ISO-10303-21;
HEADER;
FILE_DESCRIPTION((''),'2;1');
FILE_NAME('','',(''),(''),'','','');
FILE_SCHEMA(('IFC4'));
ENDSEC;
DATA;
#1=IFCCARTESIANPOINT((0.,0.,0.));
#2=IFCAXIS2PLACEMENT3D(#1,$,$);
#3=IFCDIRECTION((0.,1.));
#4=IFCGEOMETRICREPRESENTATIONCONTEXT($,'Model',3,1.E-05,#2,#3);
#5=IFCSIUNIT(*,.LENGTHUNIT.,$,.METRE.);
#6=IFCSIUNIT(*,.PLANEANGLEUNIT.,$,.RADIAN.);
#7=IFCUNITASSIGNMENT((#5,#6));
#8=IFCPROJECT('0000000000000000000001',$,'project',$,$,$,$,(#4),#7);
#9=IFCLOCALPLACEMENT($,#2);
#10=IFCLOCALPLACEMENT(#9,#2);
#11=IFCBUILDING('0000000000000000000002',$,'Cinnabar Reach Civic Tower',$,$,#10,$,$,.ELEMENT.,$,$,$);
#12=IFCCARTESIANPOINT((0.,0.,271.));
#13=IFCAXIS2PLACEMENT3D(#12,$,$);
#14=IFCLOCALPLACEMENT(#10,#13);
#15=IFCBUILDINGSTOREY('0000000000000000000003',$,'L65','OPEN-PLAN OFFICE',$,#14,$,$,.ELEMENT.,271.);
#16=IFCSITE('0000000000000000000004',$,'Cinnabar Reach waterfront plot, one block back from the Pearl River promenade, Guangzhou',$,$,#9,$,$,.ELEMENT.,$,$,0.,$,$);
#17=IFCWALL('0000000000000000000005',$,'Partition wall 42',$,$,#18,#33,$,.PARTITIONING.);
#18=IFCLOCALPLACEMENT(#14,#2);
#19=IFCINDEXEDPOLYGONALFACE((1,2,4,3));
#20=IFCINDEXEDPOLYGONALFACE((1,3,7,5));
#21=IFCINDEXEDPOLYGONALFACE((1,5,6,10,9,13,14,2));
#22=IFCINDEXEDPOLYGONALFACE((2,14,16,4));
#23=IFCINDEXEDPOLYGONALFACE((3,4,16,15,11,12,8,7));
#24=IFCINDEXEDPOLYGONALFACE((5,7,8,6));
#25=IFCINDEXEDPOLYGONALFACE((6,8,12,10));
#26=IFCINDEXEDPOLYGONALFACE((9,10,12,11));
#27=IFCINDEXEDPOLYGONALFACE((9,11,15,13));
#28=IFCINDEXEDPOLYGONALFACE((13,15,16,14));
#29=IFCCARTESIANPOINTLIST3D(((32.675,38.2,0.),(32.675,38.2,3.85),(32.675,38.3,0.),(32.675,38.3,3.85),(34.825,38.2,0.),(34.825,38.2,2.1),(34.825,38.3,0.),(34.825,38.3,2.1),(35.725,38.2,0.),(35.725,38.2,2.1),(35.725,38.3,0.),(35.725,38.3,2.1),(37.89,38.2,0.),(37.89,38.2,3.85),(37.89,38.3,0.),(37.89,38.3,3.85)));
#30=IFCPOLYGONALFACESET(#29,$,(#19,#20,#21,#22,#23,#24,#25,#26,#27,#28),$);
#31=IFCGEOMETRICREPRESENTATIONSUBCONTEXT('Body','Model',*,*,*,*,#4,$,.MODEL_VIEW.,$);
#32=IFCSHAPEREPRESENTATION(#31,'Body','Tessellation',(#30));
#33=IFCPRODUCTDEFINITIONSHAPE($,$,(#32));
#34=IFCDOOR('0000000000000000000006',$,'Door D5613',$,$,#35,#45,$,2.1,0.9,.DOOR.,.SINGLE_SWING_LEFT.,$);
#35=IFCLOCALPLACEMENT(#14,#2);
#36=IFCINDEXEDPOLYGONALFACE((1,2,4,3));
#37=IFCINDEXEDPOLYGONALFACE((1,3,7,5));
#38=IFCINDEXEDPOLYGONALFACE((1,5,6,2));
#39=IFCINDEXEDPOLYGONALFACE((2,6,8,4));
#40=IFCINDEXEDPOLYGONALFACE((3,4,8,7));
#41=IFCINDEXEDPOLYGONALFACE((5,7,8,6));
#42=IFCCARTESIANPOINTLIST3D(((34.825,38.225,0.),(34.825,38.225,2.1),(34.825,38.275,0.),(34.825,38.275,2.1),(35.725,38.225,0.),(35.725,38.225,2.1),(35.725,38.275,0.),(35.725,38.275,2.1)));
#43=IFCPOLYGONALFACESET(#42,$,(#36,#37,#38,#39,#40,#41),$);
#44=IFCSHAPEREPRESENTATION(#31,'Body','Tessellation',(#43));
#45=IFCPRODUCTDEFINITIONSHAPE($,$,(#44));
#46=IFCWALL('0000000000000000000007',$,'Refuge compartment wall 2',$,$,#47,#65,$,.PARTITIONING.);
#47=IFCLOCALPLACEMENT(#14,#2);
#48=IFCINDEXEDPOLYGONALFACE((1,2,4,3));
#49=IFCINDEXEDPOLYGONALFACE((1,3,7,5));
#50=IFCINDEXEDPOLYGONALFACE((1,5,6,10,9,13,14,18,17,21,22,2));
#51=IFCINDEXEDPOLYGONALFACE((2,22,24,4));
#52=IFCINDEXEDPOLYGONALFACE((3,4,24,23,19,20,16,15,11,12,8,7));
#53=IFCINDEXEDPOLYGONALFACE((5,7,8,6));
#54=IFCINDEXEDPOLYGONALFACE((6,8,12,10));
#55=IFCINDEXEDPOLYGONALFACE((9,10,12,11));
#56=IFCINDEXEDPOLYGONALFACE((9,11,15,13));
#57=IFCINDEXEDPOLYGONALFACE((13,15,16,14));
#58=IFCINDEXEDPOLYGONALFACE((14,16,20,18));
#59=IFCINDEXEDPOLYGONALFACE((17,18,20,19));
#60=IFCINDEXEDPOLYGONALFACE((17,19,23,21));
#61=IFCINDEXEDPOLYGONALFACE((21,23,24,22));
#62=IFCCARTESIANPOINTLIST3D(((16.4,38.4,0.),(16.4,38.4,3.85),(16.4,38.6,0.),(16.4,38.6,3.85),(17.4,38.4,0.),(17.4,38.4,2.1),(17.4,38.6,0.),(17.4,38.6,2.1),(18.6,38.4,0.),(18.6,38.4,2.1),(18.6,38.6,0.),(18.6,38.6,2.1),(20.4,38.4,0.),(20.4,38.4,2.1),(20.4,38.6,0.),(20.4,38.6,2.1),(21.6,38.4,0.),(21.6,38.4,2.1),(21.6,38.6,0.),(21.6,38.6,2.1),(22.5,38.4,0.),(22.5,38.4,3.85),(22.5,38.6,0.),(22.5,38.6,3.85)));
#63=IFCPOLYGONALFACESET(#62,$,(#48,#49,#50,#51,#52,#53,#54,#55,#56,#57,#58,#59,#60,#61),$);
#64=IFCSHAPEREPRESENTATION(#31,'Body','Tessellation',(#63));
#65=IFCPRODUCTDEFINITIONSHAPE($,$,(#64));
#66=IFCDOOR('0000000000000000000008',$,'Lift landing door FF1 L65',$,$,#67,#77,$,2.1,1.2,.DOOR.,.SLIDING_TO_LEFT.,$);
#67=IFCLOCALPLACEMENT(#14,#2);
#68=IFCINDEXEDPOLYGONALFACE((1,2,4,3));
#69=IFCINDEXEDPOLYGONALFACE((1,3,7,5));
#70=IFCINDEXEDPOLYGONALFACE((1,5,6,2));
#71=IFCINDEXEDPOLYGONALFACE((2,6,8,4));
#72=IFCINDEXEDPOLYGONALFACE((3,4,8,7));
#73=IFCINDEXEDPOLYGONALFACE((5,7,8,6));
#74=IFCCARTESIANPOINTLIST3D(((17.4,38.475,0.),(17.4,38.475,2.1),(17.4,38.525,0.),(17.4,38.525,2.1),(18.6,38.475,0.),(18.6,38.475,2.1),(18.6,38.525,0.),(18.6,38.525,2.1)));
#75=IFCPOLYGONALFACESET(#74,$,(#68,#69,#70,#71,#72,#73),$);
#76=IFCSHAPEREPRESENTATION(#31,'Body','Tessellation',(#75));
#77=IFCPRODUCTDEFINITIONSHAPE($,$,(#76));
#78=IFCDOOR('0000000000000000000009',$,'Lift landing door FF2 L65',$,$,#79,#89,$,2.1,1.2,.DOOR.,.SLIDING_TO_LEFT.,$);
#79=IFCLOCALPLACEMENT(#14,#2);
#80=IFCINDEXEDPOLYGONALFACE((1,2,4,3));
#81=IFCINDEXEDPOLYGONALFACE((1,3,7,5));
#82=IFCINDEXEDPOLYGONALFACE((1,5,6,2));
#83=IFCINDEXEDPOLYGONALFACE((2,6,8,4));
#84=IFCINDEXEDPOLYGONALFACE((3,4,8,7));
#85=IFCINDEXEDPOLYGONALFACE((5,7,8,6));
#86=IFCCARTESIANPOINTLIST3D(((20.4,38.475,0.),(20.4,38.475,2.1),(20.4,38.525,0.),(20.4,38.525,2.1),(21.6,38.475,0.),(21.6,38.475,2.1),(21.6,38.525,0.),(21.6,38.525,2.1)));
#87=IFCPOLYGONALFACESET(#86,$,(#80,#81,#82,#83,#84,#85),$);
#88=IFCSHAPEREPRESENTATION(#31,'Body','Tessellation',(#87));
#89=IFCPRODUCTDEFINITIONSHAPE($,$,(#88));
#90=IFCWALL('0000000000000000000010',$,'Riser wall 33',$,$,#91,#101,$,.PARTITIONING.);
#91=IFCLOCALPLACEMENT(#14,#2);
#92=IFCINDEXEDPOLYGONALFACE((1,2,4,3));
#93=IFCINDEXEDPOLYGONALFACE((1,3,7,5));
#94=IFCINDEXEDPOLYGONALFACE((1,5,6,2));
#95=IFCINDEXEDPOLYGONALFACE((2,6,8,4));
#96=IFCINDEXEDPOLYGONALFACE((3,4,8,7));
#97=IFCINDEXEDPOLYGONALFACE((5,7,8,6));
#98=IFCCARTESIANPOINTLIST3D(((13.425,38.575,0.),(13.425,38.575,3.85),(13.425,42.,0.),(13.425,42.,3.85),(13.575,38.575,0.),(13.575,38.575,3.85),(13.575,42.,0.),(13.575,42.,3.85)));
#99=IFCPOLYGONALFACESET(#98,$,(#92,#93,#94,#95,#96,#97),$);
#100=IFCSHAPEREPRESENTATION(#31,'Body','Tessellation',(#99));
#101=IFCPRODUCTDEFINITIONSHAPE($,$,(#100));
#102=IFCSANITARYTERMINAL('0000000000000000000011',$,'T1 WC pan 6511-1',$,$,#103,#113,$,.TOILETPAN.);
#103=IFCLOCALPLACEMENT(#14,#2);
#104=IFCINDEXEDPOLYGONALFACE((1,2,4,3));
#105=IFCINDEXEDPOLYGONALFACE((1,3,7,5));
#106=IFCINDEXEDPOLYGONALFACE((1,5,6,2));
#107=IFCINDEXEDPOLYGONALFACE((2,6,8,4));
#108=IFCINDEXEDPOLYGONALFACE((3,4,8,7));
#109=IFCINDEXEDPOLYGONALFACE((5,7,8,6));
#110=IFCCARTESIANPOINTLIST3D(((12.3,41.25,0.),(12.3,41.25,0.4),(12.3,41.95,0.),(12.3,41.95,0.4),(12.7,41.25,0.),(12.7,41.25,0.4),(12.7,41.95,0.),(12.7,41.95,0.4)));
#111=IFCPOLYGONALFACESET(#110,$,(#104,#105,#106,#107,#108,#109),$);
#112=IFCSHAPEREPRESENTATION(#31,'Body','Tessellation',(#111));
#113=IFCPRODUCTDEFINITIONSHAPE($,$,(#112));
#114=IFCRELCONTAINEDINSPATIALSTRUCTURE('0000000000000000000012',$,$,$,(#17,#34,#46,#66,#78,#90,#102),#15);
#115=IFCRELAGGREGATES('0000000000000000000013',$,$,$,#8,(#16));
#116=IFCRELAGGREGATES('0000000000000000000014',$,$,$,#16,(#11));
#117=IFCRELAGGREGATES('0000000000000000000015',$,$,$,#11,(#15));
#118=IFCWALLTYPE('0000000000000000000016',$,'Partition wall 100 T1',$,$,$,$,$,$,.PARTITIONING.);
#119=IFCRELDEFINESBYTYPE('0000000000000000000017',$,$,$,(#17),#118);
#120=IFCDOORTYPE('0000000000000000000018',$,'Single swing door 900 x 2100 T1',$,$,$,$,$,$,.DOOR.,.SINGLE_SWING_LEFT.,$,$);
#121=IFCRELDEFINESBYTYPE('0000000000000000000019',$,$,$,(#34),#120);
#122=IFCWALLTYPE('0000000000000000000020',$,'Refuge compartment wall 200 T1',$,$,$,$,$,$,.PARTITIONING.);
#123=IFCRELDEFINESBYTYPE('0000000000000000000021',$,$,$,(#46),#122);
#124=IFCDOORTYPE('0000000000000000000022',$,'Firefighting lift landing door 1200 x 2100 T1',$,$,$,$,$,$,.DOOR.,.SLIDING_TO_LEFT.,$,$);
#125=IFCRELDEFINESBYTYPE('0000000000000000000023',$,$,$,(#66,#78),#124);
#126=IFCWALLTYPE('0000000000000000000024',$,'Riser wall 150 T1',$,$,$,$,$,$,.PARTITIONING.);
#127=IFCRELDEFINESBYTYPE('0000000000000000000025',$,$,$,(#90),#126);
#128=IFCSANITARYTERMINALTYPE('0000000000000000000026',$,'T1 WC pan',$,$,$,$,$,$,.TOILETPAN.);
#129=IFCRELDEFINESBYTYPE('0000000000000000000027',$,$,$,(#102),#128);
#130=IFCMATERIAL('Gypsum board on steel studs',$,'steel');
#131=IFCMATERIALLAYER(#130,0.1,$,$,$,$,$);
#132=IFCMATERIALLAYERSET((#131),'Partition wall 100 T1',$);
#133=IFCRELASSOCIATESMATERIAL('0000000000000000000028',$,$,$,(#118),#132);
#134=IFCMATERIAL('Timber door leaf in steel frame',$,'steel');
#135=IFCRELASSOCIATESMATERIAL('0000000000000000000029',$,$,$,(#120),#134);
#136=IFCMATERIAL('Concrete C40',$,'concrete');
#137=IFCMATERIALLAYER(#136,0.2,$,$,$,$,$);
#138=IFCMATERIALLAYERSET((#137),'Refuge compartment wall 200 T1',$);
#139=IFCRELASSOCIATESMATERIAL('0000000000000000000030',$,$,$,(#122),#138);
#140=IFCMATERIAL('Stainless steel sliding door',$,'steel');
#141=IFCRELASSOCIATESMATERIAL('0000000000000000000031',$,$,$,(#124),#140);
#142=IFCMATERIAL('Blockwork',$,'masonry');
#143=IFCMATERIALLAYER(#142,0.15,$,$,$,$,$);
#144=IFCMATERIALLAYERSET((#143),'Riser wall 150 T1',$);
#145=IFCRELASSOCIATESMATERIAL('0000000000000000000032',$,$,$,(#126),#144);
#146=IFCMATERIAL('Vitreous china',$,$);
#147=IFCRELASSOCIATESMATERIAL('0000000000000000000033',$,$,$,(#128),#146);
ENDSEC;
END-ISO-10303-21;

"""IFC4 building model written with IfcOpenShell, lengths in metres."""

from ifc_helpers import new_model, si_unit, direction, frame, frame_2d, origin, origin_2d, place, context, subcontext, project, spatial, rectangle, extrude, material, layer, layer_set, type_object, element, fill, save


model = new_model("IFC4")

# Units and contexts
model_context = context("Model", 3, precision=1e-05, world=origin(), true_north=direction((0.0, 1.0)))
body_context = subcontext(model_context, "Body", "Model", "MODEL_VIEW")
ifc_project = project(units=[si_unit("LENGTHUNIT", "METRE"), si_unit("PLANEANGLEUNIT", "RADIAN")], contexts=[model_context])

# Site, building, storey
site_placement = place(None, origin())
site = spatial("IfcSite", under=ifc_project, at=site_placement, Name="Cinnabar Reach waterfront plot, one block back from the Pearl River promenade, Guangzhou", CompositionType="ELEMENT", RefElevation=0.0)
building_placement = place(site_placement, origin())
building = spatial("IfcBuilding", under=site, at=building_placement, Name="Cinnabar Reach Civic Tower", CompositionType="ELEMENT")
storey_placement = place(building_placement, frame((0.0, 0.0, 271.0)))
storey = spatial("IfcBuildingStorey", under=building, at=storey_placement, Name="L65", Description="OPEN-PLAN OFFICE", CompositionType="ELEMENT", Elevation=271.0)

# Shared definitions
ifc_material_1 = material(Name="Blockwork", Category="masonry")
ifc_material_2 = material(Name="Gypsum board on steel studs", Category="steel")
ifc_layer_1 = layer(ifc_material_2, 0.1)
ifc_layer_set_1 = layer_set([ifc_layer_1], Name="Partition wall 100 T1")
wall_type_1 = type_object("IfcWallType", Name="Partition wall 100 T1", PredefinedType="PARTITIONING", material=ifc_layer_set_1)

# Wall, opening, door
ifc_material_3 = material(Name="Timber door leaf in steel frame", Category="steel")
door_type_1 = type_object("IfcDoorType", Name="Single swing door 900 x 2100 T1", OperationType="SINGLE_SWING_LEFT", PredefinedType="DOOR", material=ifc_material_3)
wall_1_placement = place(storey_placement, frame((32.675, 38.25, 0.0), z_axis=(0.0, 0.0, 1.0), x_axis=(1.0, 0.0, 0.0)))
wall_1 = element("IfcWall", 1, at=wall_1_placement, inside=storey, type_object=wall_type_1, Name="Partition wall 42", PredefinedType="PARTITIONING", context=body_context, shape_type="SweptSolid", body=[
    extrude(rectangle(XDim=5.215, YDim=0.1, at=frame_2d((2.6075, 0.0))), origin(), (0.0, 0.0, 1.0), 3.85),
])
opening_1_placement = place(wall_1_placement, frame((2.15, 0.0, 0.0)))
opening_1 = element("IfcOpeningElement", 2, at=opening_1_placement, cuts=wall_1, PredefinedType="OPENING", context=body_context, shape_type="SweptSolid", body=[
    extrude(rectangle(XDim=0.9, YDim=2.1, at=frame_2d((0.45, 1.05))), frame((0.0, 0.06, 0.0), z_axis=(0.0, -1.0, 0.0), x_axis=(1.0, 0.0, 0.0)), (0.0, 0.0, 1.0), 0.12),
])
door_1_placement = place(opening_1_placement, frame((0.9, 0.0, 0.0), z_axis=(0.0, 0.0, 1.0), x_axis=(-1.0, 0.0, 0.0)))
door_1 = element("IfcDoor", 3, at=door_1_placement, inside=storey, type_object=door_type_1, Name="Door D5613", OperationType="SINGLE_SWING_LEFT", OverallHeight=2.1, OverallWidth=0.9, PredefinedType="DOOR", context=body_context, shape_type="SweptSolid", body=[
    extrude(rectangle(XDim=0.9, YDim=2.1, at=frame_2d((0.45, 1.05))), frame((0.0, 0.025, 0.0), z_axis=(0.0, -1.0, 0.0), x_axis=(1.0, 0.0, 0.0)), (0.0, 0.0, 1.0), 0.05),
])
fill(opening_1, door_1)

# Wall, openings, doors
ifc_material_4 = material(Name="Concrete C40", Category="concrete")
ifc_layer_2 = layer(ifc_material_4, 0.2)
ifc_layer_set_2 = layer_set([ifc_layer_2], Name="Refuge compartment wall 200 T1")
wall_type_2 = type_object("IfcWallType", Name="Refuge compartment wall 200 T1", PredefinedType="PARTITIONING", material=ifc_layer_set_2)
wall_2_placement = place(storey_placement, frame((16.4, 38.5, 0.0), z_axis=(0.0, 0.0, 1.0), x_axis=(1.0, 0.0, 0.0)))
wall_2 = element("IfcWall", 4, at=wall_2_placement, inside=storey, type_object=wall_type_2, Name="Refuge compartment wall 2", PredefinedType="PARTITIONING", context=body_context, shape_type="SweptSolid", body=[
    extrude(rectangle(XDim=6.1, YDim=0.2, at=frame_2d((3.05, 0.0))), origin(), (0.0, 0.0, 1.0), 3.85),
])
opening_2_placement = place(wall_2_placement, frame((1.0, 0.0, 0.0)))
opening_2 = element("IfcOpeningElement", 5, at=opening_2_placement, cuts=wall_2, PredefinedType="OPENING", context=body_context, shape_type="SweptSolid", body=[
    extrude(rectangle(XDim=1.2, YDim=2.1, at=frame_2d((0.6, 1.05))), frame((0.0, 0.11, 0.0), z_axis=(0.0, -1.0, 0.0), x_axis=(1.0, 0.0, 0.0)), (0.0, 0.0, 1.0), 0.22),
])
opening_3_placement = place(wall_2_placement, frame((4.0, 0.0, 0.0)))
opening_3 = element("IfcOpeningElement", 6, at=opening_3_placement, cuts=wall_2, PredefinedType="OPENING", context=body_context, shape_type="SweptSolid", body=[
    extrude(rectangle(XDim=1.2, YDim=2.1, at=frame_2d((0.6, 1.05))), frame((0.0, 0.11, 0.0), z_axis=(0.0, -1.0, 0.0), x_axis=(1.0, 0.0, 0.0)), (0.0, 0.0, 1.0), 0.22),
])
ifc_material_5 = material(Name="Stainless steel sliding door", Category="steel")
door_type_2 = type_object("IfcDoorType", Name="Firefighting lift landing door 1200 x 2100 T1", OperationType="SLIDING_TO_LEFT", PredefinedType="DOOR", material=ifc_material_5)
door_2_placement = place(opening_2_placement, origin())
door_2 = element("IfcDoor", 7, at=door_2_placement, inside=storey, type_object=door_type_2, Name="Lift landing door FF1 L65", OperationType="SLIDING_TO_LEFT", OverallHeight=2.1, OverallWidth=1.2, PredefinedType="DOOR", context=body_context, shape_type="SweptSolid", body=[
    extrude(rectangle(XDim=1.2, YDim=2.1, at=frame_2d((0.6, 1.05))), frame((0.0, 0.025, 0.0), z_axis=(0.0, -1.0, 0.0), x_axis=(1.0, 0.0, 0.0)), (0.0, 0.0, 1.0), 0.05),
])
fill(opening_2, door_2)
door_3_placement = place(opening_3_placement, origin())
door_3 = element("IfcDoor", 8, at=door_3_placement, inside=storey, type_object=door_type_2, Name="Lift landing door FF2 L65", OperationType="SLIDING_TO_LEFT", OverallHeight=2.1, OverallWidth=1.2, PredefinedType="DOOR", context=body_context, shape_type="SweptSolid", body=[
    extrude(rectangle(XDim=1.2, YDim=2.1, at=frame_2d((0.6, 1.05))), frame((0.0, 0.025, 0.0), z_axis=(0.0, -1.0, 0.0), x_axis=(1.0, 0.0, 0.0)), (0.0, 0.0, 1.0), 0.05),
])
fill(opening_3, door_3)

# Wall
ifc_layer_3 = layer(ifc_material_1, 0.15)
ifc_layer_set_3 = layer_set([ifc_layer_3], Name="Riser wall 150 T1")
wall_type_3 = type_object("IfcWallType", Name="Riser wall 150 T1", PredefinedType="PARTITIONING", material=ifc_layer_set_3)
wall_3_placement = place(storey_placement, frame((13.5, 38.575, 0.0), z_axis=(0.0, 0.0, 1.0), x_axis=(0.0, 1.0, 0.0)))
element("IfcWall", 9, at=wall_3_placement, inside=storey, type_object=wall_type_3, Name="Riser wall 33", PredefinedType="PARTITIONING", context=body_context, shape_type="SweptSolid", body=[
    extrude(rectangle(XDim=3.425, YDim=0.15, at=frame_2d((1.7125, 0.0))), origin(), (0.0, 0.0, 1.0), 3.85),
])

# Sanitary terminal
ifc_material_6 = material(Name="Vitreous china")
sanitary_terminal_type = type_object("IfcSanitaryTerminalType", Name="T1 WC pan", PredefinedType="TOILETPAN", material=ifc_material_6)
sanitary_terminal_placement = place(storey_placement, frame((12.5, 41.6, 0.0), z_axis=(0.0, 0.0, 1.0), x_axis=(1.0, 0.0, 0.0)))
element("IfcSanitaryTerminal", 10, at=sanitary_terminal_placement, inside=storey, type_object=sanitary_terminal_type, Name="T1 WC pan 6511-1", PredefinedType="TOILETPAN", context=body_context, shape_type="SweptSolid", body=[
    extrude(rectangle(XDim=0.4, YDim=0.7, at=origin_2d()), origin(), (0.0, 0.0, 1.0), 0.4),
])

save(model, "model.ifc")
